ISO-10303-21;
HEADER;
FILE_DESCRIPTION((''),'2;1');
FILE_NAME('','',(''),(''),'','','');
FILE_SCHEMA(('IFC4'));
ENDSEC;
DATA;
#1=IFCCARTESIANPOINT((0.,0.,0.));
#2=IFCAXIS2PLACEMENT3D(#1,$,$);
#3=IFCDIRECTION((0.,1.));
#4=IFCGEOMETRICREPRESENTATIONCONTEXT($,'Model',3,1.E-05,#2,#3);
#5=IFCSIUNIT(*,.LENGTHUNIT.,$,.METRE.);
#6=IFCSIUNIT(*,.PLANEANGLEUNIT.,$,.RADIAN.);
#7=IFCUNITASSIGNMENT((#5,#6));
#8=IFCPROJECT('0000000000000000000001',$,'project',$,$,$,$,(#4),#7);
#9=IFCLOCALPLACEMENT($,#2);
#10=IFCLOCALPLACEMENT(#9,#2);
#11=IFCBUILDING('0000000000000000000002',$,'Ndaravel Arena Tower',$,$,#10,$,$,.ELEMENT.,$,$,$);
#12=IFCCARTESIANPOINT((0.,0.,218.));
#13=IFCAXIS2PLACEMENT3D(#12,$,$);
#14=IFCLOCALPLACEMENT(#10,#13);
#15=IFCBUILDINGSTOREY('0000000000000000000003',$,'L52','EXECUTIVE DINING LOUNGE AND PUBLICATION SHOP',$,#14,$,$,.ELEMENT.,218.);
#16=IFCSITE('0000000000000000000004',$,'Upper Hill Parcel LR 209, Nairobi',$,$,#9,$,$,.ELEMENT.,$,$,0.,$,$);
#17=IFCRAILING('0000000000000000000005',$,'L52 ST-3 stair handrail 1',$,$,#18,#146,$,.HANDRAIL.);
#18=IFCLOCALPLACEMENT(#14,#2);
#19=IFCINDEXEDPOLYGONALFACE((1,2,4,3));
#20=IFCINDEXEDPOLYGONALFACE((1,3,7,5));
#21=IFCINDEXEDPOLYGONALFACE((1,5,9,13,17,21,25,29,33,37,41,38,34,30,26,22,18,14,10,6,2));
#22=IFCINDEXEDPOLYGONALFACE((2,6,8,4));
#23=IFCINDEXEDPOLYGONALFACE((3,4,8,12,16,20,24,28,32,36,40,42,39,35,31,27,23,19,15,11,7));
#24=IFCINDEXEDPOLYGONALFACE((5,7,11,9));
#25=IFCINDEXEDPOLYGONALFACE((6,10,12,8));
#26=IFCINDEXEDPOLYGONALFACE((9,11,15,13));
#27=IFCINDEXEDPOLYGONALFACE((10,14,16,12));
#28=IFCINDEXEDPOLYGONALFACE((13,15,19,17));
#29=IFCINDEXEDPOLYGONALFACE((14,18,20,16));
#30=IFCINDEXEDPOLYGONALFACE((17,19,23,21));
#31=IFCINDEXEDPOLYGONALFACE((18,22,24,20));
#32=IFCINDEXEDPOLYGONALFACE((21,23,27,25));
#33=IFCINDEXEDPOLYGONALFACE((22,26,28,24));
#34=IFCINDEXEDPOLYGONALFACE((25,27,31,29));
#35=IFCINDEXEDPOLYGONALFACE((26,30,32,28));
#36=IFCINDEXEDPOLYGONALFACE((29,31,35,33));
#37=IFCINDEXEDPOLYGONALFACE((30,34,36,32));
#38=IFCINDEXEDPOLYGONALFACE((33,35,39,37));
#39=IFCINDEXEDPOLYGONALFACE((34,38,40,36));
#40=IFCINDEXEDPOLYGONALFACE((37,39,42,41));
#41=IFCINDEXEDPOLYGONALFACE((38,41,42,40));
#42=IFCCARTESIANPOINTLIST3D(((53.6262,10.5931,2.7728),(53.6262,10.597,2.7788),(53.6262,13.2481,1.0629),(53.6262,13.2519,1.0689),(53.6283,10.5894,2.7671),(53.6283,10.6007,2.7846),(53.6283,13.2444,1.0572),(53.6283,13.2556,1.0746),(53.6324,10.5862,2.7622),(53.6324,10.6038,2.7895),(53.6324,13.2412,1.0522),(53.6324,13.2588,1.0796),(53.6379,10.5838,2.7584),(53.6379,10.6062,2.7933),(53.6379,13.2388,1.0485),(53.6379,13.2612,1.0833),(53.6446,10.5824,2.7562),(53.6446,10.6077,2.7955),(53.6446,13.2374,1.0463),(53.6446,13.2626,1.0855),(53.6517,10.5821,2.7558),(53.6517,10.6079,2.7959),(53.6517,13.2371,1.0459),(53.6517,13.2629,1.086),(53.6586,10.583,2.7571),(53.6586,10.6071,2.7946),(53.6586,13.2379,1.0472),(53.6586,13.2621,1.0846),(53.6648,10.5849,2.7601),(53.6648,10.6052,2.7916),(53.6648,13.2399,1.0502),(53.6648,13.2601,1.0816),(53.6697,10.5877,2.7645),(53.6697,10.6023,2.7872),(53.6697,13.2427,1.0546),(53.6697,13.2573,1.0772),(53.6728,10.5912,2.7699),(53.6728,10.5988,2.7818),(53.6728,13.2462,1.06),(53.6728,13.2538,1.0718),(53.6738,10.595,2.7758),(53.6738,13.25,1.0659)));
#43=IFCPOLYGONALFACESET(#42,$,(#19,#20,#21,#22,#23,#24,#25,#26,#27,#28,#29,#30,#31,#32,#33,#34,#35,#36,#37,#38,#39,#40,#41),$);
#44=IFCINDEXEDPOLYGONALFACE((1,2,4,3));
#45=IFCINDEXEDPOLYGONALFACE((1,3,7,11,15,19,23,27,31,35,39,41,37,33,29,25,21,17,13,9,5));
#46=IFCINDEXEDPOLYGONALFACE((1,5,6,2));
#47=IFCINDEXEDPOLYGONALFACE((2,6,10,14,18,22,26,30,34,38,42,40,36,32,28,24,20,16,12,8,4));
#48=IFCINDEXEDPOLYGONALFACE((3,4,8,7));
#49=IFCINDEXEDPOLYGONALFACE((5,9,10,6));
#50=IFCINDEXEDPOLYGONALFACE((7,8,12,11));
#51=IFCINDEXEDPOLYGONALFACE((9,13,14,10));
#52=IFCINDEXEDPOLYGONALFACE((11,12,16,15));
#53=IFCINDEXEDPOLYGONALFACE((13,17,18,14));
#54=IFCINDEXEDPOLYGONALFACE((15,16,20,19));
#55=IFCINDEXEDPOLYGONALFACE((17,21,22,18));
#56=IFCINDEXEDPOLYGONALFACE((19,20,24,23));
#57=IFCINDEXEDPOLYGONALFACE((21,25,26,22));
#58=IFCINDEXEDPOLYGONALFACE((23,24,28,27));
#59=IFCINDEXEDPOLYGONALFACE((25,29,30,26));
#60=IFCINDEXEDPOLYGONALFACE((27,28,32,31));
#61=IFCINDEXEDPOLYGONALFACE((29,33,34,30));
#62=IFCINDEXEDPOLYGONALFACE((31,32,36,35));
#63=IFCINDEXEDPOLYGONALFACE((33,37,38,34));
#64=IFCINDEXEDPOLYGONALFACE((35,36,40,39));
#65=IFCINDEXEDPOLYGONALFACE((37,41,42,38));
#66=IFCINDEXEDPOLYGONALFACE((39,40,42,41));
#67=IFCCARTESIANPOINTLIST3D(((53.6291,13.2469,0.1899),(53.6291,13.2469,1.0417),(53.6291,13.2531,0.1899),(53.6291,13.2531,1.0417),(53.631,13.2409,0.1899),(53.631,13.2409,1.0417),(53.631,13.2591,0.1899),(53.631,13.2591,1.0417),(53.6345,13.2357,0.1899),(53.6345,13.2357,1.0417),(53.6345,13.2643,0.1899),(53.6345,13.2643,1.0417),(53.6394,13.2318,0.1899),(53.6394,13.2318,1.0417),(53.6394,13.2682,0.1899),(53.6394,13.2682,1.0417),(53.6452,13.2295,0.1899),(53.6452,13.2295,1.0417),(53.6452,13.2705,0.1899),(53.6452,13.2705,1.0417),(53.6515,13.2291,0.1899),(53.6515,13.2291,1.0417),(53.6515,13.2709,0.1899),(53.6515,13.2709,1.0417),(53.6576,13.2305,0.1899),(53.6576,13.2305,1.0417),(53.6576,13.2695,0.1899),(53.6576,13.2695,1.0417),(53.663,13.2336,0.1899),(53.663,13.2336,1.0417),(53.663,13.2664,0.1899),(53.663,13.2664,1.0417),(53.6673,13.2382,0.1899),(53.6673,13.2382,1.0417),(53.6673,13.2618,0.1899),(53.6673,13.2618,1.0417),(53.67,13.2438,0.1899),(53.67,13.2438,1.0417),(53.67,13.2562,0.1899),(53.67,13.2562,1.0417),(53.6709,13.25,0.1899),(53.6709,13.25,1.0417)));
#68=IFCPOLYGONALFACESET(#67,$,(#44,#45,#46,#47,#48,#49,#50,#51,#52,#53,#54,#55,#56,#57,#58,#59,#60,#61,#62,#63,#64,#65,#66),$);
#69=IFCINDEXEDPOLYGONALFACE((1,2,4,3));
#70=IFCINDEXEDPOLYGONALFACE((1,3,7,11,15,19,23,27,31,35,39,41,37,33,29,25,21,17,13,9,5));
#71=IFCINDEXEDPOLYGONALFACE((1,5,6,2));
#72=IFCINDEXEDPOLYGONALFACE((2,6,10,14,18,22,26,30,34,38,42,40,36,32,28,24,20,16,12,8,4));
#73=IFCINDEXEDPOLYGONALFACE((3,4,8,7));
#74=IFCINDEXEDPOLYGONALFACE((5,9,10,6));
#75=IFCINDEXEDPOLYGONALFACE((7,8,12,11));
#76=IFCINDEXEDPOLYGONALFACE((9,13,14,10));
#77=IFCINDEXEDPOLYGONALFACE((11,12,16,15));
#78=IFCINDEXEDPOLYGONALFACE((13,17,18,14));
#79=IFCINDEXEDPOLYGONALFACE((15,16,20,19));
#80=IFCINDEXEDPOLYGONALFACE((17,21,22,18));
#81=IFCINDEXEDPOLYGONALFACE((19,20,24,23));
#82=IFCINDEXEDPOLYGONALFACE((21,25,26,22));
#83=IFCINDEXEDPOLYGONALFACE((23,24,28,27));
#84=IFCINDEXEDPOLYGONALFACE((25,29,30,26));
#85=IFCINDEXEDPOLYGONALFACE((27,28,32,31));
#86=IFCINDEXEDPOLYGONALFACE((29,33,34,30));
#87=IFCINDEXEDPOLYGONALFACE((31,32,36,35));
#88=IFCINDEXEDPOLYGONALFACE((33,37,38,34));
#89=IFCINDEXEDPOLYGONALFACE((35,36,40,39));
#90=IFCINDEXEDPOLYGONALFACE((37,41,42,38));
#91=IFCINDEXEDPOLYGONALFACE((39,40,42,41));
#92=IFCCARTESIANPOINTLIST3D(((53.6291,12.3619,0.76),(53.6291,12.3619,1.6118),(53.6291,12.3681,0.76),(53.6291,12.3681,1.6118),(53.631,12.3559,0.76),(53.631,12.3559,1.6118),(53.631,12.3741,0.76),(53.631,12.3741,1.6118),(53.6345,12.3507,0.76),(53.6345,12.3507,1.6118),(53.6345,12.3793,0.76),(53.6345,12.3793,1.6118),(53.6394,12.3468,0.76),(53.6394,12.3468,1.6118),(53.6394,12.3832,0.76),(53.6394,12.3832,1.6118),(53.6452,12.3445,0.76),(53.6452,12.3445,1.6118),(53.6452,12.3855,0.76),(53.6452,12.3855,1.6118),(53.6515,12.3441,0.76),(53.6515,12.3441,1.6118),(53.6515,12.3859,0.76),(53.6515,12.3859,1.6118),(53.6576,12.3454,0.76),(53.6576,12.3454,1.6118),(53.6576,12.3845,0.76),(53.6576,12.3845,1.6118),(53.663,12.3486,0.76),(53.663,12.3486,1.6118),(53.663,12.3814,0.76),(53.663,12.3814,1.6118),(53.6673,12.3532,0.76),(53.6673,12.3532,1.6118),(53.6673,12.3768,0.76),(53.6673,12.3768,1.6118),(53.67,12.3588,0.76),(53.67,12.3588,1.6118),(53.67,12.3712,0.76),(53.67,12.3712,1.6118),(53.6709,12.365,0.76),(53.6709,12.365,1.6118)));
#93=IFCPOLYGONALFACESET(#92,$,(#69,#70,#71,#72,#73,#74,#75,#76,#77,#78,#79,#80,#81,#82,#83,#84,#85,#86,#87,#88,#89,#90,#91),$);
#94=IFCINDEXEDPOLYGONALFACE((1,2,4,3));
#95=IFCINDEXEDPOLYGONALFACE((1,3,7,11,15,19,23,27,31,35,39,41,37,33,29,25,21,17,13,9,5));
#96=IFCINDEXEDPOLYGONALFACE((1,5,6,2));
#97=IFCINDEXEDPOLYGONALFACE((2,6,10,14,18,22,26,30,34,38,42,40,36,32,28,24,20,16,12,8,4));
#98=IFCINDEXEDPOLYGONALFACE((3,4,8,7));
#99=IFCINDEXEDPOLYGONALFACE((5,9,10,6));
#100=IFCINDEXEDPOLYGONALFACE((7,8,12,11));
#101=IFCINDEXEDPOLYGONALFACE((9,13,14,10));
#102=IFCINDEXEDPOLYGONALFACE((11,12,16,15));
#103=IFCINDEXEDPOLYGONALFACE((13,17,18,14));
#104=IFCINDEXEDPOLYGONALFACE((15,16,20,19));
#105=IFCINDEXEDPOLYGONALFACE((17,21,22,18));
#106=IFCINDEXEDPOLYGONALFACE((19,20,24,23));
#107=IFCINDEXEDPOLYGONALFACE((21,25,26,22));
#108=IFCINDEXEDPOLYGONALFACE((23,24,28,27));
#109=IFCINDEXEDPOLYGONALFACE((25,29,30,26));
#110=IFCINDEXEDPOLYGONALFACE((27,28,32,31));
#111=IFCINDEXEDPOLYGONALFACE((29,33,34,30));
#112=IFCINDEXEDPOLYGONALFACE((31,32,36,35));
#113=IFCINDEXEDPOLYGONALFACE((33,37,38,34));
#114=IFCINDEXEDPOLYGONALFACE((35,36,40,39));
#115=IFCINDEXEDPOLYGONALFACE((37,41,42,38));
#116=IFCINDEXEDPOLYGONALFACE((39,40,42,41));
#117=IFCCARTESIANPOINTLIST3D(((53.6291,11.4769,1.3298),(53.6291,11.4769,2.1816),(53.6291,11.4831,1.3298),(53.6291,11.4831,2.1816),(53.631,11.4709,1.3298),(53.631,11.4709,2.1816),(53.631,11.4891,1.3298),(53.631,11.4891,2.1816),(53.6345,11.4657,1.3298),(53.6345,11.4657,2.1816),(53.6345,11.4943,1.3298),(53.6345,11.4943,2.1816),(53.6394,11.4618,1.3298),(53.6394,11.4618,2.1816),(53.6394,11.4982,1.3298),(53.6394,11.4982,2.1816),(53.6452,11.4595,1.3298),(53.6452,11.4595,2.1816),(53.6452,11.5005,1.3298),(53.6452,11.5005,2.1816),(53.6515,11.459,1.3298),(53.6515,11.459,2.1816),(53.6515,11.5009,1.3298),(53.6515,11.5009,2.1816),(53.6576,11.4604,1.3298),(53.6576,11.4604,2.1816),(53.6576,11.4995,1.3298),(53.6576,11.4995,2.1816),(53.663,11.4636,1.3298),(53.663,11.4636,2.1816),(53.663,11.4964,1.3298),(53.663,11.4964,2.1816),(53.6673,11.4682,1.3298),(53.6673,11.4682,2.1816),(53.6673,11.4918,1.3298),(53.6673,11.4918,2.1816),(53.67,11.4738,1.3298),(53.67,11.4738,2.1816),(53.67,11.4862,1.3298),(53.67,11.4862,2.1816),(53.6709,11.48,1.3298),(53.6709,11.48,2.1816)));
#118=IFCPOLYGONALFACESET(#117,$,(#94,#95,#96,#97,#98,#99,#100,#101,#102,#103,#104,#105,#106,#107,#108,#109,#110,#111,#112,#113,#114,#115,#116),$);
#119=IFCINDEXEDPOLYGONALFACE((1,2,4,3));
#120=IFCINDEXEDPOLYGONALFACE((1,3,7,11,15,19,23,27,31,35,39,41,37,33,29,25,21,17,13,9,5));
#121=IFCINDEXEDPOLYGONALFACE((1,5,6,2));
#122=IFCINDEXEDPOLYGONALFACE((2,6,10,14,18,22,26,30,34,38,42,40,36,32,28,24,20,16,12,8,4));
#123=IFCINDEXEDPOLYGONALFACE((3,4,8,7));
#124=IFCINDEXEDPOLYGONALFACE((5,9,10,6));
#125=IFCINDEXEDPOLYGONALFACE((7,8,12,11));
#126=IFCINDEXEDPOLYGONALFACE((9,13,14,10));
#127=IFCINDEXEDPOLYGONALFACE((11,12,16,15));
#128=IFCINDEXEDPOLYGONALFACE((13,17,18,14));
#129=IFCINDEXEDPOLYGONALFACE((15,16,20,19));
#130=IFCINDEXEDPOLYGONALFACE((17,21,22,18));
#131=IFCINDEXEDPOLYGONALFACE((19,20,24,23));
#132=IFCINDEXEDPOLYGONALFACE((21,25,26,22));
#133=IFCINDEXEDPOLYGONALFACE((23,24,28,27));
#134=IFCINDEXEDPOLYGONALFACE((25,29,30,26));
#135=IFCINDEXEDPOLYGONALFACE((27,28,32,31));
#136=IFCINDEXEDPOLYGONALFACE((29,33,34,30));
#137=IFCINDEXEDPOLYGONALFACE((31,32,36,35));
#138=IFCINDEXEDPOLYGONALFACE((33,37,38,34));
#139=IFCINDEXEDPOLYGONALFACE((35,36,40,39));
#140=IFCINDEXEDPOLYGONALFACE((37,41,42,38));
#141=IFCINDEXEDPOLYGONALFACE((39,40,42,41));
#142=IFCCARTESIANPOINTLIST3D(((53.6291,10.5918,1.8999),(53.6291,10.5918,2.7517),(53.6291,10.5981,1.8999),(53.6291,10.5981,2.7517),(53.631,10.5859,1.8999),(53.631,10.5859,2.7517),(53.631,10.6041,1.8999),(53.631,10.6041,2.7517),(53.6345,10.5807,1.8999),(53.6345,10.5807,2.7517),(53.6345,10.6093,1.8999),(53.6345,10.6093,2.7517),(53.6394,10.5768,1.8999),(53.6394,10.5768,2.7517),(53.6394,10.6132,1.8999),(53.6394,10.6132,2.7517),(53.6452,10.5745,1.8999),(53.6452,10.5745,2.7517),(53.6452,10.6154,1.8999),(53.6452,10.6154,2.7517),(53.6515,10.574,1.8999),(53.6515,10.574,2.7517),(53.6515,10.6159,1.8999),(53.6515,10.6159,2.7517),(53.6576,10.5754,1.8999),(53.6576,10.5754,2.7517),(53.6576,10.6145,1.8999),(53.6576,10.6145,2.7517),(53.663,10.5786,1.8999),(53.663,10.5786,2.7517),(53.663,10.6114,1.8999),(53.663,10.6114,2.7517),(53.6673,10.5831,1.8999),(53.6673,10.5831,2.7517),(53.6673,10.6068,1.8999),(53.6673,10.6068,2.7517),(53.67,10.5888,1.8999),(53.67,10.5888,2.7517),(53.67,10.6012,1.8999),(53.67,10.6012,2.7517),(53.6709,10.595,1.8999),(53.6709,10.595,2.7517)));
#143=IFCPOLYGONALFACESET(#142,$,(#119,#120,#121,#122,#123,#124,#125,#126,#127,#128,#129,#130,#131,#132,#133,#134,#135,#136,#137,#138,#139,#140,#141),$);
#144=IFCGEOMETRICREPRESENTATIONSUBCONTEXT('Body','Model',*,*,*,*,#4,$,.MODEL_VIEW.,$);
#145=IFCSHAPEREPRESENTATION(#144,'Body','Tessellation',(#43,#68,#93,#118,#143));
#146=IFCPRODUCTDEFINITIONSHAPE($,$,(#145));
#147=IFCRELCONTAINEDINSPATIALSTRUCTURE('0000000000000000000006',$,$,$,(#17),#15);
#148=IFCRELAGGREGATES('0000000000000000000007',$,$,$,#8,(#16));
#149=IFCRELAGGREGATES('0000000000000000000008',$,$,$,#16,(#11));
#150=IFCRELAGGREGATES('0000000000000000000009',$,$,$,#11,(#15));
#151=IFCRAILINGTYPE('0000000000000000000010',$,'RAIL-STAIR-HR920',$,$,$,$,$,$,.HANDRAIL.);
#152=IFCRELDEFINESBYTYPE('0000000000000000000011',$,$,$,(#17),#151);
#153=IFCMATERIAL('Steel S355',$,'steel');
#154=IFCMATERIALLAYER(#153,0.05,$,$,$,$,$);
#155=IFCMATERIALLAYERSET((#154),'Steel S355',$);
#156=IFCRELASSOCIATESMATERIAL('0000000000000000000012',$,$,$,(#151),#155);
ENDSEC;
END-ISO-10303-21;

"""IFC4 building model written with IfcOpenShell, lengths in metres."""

from ifc_helpers import new_model, si_unit, direction, frame, origin, origin_2d, place, context, subcontext, project, spatial, circle, extrude, material, layer, layer_set, type_object, element, save


model = new_model("IFC4")

# Units and contexts
model_context = context("Model", 3, precision=1e-05, world=origin(), true_north=direction((0.0, 1.0)))
body_context = subcontext(model_context, "Body", "Model", "MODEL_VIEW")
ifc_project = project(units=[si_unit("LENGTHUNIT", "METRE"), si_unit("PLANEANGLEUNIT", "RADIAN")], contexts=[model_context])

# Site, building, storey
site_placement = place(None, origin())
site = spatial("IfcSite", under=ifc_project, at=site_placement, Name="Upper Hill Parcel LR 209, Nairobi", CompositionType="ELEMENT", RefElevation=0.0)
building_placement = place(site_placement, origin())
building = spatial("IfcBuilding", under=site, at=building_placement, Name="Ndaravel Arena Tower", CompositionType="ELEMENT")
storey_placement = place(building_placement, frame((0.0, 0.0, 218.0)))
storey = spatial("IfcBuildingStorey", under=building, at=storey_placement, Name="L52", Description="EXECUTIVE DINING LOUNGE AND PUBLICATION SHOP", CompositionType="ELEMENT", Elevation=218.0)

# Railing
ifc_material_1 = material(Name="Steel S355", Category="steel")
ifc_layer_1 = layer(ifc_material_1, 0.05)
ifc_layer_set_1 = layer_set([ifc_layer_1], Name="Steel S355")
railing_type_1 = type_object("IfcRailingType", Name="RAIL-STAIR-HR920", PredefinedType="HANDRAIL", material=ifc_layer_set_1)
railing_1_placement = place(storey_placement, frame((53.6499, 13.25, 0.1899)))
element("IfcRailing", 1, at=railing_1_placement, inside=storey, type_object=railing_type_1, Name="L52 ST-3 stair handrail 1", PredefinedType="HANDRAIL", context=body_context, shape_type="SweptSolid", body=[
    extrude(circle(Radius=0.0239, at=origin_2d()), frame((0.0, 0.0, 0.876), z_axis=(0.0, -0.840724, 0.541465), x_axis=(1.0, 0.0, 0.0)), (0.0, 0.0, 1.0), 3.158),
    extrude(circle(Radius=0.021, at=origin_2d()), origin(), (0.0, 0.0, 1.0), 0.8518),
    extrude(circle(Radius=0.021, at=origin_2d()), frame((0.0, -0.885, 0.5701)), (0.0, 0.0, 1.0), 0.8518),
    extrude(circle(Radius=0.021, at=origin_2d()), frame((0.0, -1.77, 1.1399)), (0.0, 0.0, 1.0), 0.8518),
    extrude(circle(Radius=0.021, at=origin_2d()), frame((0.0, -2.655, 1.71)), (0.0, 0.0, 1.0), 0.8518),
])

save(model, "model.ifc")
